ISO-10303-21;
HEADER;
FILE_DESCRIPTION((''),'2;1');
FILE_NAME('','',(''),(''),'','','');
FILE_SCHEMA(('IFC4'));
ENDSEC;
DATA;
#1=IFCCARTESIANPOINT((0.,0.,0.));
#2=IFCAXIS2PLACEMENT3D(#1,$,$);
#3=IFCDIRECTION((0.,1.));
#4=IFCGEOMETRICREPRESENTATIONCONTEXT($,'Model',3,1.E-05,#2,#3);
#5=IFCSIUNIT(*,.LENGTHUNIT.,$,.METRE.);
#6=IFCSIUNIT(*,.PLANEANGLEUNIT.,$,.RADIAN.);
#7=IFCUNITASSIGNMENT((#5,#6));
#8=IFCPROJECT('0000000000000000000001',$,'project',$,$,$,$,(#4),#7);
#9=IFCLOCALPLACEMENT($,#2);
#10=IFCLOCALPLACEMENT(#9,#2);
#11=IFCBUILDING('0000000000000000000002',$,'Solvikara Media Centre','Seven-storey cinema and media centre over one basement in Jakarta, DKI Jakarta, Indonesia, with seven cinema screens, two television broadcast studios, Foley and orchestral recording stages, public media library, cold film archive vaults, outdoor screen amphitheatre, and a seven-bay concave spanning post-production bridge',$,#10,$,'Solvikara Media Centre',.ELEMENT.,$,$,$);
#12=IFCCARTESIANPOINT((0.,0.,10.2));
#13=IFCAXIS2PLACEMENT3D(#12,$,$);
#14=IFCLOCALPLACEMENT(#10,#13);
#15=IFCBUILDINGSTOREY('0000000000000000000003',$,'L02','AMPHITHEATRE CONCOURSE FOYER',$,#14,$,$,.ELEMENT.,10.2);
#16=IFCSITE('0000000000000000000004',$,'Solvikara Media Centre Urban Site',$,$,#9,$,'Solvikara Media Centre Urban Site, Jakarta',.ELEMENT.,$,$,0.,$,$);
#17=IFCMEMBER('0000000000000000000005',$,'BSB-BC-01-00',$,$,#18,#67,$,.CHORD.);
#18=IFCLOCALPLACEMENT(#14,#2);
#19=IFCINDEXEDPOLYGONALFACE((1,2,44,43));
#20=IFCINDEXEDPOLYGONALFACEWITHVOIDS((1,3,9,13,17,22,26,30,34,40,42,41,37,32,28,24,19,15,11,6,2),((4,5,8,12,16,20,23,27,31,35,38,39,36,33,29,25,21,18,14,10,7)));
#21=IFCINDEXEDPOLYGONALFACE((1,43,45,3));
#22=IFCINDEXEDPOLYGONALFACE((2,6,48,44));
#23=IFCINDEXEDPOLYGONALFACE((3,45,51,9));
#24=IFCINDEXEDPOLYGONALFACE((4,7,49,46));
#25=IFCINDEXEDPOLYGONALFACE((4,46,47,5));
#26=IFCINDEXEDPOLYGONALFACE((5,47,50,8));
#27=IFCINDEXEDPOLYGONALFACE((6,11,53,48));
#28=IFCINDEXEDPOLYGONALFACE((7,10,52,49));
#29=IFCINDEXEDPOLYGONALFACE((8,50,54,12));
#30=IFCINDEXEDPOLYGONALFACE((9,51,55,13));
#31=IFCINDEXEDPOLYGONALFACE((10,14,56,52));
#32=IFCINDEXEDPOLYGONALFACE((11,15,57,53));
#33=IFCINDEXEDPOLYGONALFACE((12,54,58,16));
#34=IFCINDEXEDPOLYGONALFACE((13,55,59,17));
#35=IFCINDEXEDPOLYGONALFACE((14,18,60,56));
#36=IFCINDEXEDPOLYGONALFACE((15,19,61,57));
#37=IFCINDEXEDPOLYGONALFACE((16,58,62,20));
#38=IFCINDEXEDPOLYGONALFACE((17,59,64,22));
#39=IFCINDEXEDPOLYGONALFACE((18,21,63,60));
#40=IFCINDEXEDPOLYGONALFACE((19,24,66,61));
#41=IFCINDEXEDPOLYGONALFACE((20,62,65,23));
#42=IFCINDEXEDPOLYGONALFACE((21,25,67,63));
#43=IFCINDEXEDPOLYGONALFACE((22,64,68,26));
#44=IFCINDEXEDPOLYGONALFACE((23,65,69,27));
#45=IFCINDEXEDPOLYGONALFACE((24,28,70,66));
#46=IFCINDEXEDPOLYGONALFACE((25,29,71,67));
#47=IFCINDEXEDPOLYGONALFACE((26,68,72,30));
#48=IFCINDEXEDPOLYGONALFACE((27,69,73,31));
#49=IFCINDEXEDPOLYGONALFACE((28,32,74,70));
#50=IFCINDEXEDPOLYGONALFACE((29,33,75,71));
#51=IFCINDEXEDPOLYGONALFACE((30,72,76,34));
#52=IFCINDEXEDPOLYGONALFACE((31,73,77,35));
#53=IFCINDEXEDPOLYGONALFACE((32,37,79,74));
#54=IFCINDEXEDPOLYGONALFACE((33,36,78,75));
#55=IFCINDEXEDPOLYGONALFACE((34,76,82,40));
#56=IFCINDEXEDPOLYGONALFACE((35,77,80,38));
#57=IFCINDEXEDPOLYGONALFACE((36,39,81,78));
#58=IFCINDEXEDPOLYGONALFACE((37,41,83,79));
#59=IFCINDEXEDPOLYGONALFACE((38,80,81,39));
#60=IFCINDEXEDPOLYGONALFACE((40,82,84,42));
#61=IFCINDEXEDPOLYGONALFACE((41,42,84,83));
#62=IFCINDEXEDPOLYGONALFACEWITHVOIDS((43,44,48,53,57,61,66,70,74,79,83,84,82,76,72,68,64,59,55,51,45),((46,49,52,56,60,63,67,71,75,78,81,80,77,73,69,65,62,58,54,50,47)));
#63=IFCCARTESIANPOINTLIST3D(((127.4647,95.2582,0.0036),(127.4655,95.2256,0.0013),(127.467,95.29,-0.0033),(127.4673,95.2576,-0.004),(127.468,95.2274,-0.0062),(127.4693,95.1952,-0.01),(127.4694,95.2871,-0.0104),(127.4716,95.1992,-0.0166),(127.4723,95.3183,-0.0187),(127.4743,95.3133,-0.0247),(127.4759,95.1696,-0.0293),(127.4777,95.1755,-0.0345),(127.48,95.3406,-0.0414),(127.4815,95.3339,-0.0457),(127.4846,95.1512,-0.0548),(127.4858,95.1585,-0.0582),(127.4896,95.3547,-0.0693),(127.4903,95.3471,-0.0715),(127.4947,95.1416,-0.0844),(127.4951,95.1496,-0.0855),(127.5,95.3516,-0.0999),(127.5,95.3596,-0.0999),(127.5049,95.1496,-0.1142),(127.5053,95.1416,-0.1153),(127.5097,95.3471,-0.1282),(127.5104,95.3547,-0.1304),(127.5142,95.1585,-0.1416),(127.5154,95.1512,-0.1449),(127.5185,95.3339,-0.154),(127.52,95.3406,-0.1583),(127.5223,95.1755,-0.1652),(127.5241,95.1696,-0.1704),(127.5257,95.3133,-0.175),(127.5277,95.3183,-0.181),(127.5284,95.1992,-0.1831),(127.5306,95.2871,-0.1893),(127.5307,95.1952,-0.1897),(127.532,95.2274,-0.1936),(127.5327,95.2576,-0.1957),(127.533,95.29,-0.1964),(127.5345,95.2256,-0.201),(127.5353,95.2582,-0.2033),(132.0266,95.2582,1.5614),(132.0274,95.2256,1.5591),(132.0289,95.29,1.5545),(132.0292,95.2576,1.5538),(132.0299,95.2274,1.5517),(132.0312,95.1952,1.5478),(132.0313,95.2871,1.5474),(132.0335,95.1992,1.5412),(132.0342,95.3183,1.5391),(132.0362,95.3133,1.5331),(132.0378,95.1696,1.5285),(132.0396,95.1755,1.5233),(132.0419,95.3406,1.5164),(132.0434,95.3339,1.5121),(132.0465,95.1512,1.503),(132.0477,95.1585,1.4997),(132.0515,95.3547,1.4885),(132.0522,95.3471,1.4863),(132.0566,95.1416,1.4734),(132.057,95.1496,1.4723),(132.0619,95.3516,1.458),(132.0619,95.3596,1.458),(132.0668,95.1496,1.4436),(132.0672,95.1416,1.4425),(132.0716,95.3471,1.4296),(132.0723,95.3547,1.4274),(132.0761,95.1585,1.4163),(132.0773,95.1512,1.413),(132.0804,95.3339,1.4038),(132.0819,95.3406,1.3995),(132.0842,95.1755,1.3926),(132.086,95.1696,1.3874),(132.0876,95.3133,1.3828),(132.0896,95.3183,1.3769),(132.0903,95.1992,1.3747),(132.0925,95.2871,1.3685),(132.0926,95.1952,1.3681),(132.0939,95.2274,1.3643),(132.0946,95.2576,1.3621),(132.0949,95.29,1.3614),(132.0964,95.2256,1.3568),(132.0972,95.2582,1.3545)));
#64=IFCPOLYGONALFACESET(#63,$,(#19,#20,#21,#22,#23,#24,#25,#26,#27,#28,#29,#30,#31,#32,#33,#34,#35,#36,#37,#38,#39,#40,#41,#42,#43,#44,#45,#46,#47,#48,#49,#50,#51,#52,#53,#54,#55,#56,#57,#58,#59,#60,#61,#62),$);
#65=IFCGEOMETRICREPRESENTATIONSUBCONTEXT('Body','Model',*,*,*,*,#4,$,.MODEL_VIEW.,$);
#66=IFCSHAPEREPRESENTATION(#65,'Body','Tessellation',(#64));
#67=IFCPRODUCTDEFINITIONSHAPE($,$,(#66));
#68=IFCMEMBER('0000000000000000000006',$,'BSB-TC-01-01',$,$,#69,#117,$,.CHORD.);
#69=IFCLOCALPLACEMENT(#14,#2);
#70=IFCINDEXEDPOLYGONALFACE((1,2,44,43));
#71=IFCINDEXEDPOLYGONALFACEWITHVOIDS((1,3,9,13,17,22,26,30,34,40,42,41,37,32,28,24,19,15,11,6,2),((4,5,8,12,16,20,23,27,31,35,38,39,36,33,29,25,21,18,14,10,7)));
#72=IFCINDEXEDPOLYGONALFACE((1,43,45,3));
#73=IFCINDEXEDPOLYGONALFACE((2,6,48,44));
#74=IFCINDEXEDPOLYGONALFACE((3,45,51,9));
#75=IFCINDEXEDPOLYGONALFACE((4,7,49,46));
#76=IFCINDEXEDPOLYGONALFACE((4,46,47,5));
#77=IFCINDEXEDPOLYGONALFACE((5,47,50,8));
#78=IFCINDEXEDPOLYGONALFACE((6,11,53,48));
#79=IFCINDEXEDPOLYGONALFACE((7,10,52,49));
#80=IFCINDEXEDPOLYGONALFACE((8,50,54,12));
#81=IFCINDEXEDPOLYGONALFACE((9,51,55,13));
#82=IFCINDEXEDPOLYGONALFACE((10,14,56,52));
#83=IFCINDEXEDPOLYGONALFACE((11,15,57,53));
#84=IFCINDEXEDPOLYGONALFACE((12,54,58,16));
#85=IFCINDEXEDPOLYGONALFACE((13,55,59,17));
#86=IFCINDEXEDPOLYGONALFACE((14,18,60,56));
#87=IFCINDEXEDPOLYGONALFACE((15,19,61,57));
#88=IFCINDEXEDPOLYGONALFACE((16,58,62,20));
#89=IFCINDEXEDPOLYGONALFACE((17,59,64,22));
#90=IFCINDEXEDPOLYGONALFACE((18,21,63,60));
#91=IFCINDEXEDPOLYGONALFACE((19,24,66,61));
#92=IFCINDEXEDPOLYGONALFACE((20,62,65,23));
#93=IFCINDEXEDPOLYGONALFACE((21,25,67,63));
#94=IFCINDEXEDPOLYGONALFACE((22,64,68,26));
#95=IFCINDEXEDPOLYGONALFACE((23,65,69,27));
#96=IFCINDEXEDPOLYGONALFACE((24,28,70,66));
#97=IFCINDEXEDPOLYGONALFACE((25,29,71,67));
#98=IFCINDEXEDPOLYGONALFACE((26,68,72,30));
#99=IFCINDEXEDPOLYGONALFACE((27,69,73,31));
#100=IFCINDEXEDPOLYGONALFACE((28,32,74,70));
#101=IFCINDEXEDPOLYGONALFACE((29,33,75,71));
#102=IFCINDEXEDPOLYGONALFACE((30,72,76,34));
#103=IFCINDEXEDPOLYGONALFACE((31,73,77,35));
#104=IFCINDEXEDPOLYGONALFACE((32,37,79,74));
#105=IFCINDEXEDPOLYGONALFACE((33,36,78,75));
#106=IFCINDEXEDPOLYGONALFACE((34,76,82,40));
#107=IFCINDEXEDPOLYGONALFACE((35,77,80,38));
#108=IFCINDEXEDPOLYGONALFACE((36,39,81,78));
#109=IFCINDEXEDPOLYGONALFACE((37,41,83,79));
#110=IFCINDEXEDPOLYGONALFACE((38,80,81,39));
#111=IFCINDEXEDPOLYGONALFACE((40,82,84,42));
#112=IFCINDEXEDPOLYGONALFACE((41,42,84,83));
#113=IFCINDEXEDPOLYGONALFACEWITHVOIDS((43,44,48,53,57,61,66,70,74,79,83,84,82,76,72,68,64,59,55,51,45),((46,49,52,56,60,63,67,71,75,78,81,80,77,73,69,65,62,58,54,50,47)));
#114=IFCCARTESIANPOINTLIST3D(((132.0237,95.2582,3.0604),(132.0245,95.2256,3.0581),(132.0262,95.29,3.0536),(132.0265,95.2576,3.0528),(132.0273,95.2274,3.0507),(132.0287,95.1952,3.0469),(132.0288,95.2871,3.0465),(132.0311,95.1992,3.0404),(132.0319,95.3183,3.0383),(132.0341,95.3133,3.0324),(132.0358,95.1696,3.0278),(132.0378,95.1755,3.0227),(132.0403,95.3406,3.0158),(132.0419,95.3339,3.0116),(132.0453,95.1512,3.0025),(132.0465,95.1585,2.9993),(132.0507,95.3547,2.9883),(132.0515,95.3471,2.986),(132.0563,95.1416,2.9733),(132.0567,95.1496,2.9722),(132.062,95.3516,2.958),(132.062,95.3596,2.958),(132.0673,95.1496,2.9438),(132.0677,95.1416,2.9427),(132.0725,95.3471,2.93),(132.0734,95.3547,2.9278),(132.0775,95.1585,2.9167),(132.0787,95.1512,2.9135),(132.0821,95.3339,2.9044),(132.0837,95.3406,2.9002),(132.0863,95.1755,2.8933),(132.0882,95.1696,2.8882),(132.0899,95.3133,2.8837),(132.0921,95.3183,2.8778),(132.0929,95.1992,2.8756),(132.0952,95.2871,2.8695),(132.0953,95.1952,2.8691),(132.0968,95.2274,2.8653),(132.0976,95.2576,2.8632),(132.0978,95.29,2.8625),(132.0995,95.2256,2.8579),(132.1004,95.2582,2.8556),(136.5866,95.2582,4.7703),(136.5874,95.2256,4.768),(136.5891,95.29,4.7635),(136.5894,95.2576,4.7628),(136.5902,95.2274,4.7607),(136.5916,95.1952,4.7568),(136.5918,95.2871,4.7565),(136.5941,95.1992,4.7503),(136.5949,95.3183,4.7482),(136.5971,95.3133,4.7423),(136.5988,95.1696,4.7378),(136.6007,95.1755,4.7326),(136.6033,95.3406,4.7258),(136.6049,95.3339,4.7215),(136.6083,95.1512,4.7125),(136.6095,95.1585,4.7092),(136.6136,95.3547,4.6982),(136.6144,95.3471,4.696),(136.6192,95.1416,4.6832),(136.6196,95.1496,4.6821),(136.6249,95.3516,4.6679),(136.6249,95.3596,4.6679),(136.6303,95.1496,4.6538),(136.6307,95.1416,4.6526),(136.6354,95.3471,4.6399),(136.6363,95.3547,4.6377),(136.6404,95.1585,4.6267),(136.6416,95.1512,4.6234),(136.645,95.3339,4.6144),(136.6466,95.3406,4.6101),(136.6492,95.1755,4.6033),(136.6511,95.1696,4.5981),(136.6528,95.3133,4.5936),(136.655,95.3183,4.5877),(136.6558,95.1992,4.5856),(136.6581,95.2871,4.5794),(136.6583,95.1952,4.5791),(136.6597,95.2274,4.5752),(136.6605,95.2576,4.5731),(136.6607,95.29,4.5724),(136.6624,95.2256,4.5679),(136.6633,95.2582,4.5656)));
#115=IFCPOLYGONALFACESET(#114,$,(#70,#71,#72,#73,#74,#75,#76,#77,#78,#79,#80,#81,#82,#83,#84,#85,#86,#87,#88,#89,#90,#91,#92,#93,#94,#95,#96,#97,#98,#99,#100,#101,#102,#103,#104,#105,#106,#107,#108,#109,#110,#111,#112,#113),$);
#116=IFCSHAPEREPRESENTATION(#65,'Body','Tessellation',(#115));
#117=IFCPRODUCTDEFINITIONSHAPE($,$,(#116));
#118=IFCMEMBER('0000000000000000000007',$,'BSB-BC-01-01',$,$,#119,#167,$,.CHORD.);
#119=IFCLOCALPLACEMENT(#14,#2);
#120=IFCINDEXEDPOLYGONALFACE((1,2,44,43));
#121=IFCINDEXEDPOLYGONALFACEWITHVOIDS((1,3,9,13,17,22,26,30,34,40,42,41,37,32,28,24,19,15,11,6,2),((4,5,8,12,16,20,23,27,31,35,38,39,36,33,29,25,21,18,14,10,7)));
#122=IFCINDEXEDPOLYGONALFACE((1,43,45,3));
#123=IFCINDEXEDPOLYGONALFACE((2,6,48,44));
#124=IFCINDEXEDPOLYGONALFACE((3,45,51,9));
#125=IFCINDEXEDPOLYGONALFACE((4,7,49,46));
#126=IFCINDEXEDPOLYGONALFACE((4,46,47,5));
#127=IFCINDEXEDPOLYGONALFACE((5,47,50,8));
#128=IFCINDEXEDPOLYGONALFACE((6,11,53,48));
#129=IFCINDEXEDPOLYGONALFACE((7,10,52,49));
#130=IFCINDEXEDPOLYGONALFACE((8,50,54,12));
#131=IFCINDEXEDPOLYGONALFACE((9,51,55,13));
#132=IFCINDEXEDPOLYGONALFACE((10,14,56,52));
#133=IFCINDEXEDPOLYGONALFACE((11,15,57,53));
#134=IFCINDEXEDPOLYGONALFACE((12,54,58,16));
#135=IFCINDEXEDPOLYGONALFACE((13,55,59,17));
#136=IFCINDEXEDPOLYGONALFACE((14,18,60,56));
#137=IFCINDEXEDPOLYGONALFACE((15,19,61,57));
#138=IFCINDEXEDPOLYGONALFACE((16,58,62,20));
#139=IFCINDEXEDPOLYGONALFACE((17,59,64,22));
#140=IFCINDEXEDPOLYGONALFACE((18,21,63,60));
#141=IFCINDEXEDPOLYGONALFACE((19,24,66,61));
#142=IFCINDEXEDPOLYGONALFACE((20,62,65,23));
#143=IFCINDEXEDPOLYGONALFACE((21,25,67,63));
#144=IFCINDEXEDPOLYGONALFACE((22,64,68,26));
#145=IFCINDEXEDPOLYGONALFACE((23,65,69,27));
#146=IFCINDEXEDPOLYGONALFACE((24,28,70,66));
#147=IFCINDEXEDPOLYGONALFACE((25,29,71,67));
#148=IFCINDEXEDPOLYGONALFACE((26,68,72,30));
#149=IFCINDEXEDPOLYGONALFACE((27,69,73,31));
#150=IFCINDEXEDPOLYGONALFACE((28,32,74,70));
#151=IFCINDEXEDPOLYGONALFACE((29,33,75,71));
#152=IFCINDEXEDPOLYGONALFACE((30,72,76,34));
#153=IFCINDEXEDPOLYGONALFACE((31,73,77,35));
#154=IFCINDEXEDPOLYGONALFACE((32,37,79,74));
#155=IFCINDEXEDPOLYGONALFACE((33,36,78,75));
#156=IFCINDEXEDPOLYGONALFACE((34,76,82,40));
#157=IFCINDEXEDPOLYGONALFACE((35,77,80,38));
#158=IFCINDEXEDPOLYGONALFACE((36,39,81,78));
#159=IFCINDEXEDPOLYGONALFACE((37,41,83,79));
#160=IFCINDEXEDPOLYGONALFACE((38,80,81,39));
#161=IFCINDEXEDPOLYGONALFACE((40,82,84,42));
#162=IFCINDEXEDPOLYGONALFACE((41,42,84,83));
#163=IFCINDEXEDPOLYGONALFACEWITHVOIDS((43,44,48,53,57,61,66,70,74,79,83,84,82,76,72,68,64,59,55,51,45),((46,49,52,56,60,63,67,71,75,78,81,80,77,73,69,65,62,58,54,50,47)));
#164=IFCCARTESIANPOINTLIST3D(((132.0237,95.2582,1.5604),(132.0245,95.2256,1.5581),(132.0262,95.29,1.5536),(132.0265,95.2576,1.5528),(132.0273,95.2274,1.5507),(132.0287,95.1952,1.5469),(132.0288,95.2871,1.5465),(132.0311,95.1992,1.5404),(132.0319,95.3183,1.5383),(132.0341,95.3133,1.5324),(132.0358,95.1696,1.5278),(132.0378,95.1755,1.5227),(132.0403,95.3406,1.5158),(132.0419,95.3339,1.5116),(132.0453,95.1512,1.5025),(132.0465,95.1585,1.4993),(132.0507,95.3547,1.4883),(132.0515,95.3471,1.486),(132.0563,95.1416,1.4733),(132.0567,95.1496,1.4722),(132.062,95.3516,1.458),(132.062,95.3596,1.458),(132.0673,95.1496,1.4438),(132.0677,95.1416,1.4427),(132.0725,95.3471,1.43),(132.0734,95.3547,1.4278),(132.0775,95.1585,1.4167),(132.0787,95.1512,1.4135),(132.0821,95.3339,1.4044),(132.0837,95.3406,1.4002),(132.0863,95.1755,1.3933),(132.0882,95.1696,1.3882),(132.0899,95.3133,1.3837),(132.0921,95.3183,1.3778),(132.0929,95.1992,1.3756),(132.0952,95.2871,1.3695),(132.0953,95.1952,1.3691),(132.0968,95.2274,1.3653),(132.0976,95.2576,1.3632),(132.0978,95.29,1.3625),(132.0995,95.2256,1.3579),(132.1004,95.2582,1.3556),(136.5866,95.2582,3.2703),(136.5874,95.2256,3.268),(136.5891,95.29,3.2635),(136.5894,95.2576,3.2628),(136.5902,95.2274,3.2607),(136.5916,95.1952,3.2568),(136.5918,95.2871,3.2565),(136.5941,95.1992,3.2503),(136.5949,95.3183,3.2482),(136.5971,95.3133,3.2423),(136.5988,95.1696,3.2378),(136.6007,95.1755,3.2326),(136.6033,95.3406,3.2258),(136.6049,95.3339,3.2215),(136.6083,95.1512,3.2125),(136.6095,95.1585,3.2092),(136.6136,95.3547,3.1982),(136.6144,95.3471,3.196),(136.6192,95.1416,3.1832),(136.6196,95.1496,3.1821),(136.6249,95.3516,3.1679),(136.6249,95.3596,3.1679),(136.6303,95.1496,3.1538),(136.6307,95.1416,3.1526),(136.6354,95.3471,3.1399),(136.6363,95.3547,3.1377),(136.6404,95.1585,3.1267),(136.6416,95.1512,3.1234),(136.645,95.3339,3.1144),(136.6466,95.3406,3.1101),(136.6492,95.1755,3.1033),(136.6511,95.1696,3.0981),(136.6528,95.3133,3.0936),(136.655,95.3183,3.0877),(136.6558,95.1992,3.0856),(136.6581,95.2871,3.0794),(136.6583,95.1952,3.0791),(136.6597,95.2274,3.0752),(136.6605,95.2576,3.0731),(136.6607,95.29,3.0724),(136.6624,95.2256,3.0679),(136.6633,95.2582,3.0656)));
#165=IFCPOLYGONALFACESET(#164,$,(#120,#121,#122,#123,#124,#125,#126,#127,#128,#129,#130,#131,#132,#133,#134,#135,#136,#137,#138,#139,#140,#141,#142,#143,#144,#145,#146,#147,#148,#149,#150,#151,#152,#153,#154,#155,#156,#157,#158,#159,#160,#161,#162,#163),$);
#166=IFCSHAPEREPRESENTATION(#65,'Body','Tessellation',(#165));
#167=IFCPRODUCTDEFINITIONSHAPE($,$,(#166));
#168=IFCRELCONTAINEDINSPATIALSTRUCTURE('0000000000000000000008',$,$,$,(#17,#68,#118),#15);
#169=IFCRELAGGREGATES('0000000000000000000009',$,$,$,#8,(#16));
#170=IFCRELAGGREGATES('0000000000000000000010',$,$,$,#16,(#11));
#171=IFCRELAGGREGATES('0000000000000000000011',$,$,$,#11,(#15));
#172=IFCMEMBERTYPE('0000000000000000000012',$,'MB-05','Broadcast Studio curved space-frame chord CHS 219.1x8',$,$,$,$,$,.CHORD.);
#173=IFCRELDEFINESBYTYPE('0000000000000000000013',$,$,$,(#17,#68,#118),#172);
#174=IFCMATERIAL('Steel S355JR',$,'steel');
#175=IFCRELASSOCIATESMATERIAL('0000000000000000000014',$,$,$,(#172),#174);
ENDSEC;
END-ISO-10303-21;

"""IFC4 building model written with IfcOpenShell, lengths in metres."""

from ifc_helpers import new_model, si_unit, direction, frame, origin, origin_2d, place, context, subcontext, project, spatial, hollow_circle, extrude, material, material_profile, profile_set, type_object, element, save


model = new_model("IFC4")

# Units and contexts
model_context = context("Model", 3, precision=1e-05, world=origin(), true_north=direction((0.0, 1.0)))
body_context = subcontext(model_context, "Body", "Model", "MODEL_VIEW")
ifc_project = project(units=[si_unit("LENGTHUNIT", "METRE"), si_unit("PLANEANGLEUNIT", "RADIAN")], contexts=[model_context])

# Site, building, storey
site_placement = place(None, origin())
site = spatial("IfcSite", under=ifc_project, at=site_placement, Name="Solvikara Media Centre Urban Site", LongName="Solvikara Media Centre Urban Site, Jakarta", CompositionType="ELEMENT", RefElevation=0.0)
building_placement = place(site_placement, origin())
building = spatial("IfcBuilding", under=site, at=building_placement, Name="Solvikara Media Centre", Description="Seven-storey cinema and media centre over one basement in Jakarta, DKI Jakarta, Indonesia, with seven cinema screens, two television broadcast studios, Foley and orchestral recording stages, public media library, cold film archive vaults, outdoor screen amphitheatre, and a seven-bay concave spanning post-production bridge", LongName="Solvikara Media Centre", CompositionType="ELEMENT")
storey_placement = place(building_placement, frame((0.0, 0.0, 10.2)))
storey = spatial("IfcBuildingStorey", under=building, at=storey_placement, Name="L02", Description="AMPHITHEATRE CONCOURSE FOYER", CompositionType="ELEMENT", Elevation=10.2)

# Members
ifc_material_1 = material(Name="Steel S355JR", Category="steel")
ifc_material_profile_1 = material_profile(ifc_material_1, hollow_circle(Radius=0.1096, WallThickness=0.0081, at=origin_2d()), Name="CHS 219.1x8")
ifc_profile_set_1 = profile_set([ifc_material_profile_1], Name="Steel S355JR")
member_type_1 = type_object("IfcMemberType", Name="MB-05", Description="Broadcast Studio curved space-frame chord CHS 219.1x8", PredefinedType="CHORD", material=ifc_profile_set_1)
member_1_placement = place(storey_placement, frame((127.5, 95.25, -0.0999), z_axis=(0.946343, 0.0, 0.323163), x_axis=(0.0, 1.0, 0.0)))
element("IfcMember", 1, at=member_1_placement, inside=storey, type_object=member_type_1, Name="BSB-BC-01-00", PredefinedType="CHORD", context=body_context, shape_type="SweptSolid", body=[
    extrude(hollow_circle(Radius=0.1096, WallThickness=0.0081, at=origin_2d()), origin(), (0.0, 0.0, 1.0), 4.8206),
])
for number, where, z_axis, x_axis, name in (
    (2, (132.062, 95.25, 2.958), (0.936407, 0.0, 0.350915), (0.0, 1.0, 0.0), "BSB-TC-01-01"),
    (3, (132.062, 95.25, 1.458), (0.936407, 0.0, 0.350915), (0.0, 1.0, 0.0), "BSB-BC-01-01"),
):
    element("IfcMember", number, at=place(storey_placement, frame(where, z_axis=z_axis, x_axis=x_axis)), inside=storey, type_object=member_type_1, Name=name, PredefinedType="CHORD", context=body_context, shape_type="SweptSolid", body=[
        extrude(hollow_circle(Radius=0.1096, WallThickness=0.0081, at=origin_2d()), origin(), (0.0, 0.0, 1.0), 4.8728),
    ])

save(model, "model.ifc")
